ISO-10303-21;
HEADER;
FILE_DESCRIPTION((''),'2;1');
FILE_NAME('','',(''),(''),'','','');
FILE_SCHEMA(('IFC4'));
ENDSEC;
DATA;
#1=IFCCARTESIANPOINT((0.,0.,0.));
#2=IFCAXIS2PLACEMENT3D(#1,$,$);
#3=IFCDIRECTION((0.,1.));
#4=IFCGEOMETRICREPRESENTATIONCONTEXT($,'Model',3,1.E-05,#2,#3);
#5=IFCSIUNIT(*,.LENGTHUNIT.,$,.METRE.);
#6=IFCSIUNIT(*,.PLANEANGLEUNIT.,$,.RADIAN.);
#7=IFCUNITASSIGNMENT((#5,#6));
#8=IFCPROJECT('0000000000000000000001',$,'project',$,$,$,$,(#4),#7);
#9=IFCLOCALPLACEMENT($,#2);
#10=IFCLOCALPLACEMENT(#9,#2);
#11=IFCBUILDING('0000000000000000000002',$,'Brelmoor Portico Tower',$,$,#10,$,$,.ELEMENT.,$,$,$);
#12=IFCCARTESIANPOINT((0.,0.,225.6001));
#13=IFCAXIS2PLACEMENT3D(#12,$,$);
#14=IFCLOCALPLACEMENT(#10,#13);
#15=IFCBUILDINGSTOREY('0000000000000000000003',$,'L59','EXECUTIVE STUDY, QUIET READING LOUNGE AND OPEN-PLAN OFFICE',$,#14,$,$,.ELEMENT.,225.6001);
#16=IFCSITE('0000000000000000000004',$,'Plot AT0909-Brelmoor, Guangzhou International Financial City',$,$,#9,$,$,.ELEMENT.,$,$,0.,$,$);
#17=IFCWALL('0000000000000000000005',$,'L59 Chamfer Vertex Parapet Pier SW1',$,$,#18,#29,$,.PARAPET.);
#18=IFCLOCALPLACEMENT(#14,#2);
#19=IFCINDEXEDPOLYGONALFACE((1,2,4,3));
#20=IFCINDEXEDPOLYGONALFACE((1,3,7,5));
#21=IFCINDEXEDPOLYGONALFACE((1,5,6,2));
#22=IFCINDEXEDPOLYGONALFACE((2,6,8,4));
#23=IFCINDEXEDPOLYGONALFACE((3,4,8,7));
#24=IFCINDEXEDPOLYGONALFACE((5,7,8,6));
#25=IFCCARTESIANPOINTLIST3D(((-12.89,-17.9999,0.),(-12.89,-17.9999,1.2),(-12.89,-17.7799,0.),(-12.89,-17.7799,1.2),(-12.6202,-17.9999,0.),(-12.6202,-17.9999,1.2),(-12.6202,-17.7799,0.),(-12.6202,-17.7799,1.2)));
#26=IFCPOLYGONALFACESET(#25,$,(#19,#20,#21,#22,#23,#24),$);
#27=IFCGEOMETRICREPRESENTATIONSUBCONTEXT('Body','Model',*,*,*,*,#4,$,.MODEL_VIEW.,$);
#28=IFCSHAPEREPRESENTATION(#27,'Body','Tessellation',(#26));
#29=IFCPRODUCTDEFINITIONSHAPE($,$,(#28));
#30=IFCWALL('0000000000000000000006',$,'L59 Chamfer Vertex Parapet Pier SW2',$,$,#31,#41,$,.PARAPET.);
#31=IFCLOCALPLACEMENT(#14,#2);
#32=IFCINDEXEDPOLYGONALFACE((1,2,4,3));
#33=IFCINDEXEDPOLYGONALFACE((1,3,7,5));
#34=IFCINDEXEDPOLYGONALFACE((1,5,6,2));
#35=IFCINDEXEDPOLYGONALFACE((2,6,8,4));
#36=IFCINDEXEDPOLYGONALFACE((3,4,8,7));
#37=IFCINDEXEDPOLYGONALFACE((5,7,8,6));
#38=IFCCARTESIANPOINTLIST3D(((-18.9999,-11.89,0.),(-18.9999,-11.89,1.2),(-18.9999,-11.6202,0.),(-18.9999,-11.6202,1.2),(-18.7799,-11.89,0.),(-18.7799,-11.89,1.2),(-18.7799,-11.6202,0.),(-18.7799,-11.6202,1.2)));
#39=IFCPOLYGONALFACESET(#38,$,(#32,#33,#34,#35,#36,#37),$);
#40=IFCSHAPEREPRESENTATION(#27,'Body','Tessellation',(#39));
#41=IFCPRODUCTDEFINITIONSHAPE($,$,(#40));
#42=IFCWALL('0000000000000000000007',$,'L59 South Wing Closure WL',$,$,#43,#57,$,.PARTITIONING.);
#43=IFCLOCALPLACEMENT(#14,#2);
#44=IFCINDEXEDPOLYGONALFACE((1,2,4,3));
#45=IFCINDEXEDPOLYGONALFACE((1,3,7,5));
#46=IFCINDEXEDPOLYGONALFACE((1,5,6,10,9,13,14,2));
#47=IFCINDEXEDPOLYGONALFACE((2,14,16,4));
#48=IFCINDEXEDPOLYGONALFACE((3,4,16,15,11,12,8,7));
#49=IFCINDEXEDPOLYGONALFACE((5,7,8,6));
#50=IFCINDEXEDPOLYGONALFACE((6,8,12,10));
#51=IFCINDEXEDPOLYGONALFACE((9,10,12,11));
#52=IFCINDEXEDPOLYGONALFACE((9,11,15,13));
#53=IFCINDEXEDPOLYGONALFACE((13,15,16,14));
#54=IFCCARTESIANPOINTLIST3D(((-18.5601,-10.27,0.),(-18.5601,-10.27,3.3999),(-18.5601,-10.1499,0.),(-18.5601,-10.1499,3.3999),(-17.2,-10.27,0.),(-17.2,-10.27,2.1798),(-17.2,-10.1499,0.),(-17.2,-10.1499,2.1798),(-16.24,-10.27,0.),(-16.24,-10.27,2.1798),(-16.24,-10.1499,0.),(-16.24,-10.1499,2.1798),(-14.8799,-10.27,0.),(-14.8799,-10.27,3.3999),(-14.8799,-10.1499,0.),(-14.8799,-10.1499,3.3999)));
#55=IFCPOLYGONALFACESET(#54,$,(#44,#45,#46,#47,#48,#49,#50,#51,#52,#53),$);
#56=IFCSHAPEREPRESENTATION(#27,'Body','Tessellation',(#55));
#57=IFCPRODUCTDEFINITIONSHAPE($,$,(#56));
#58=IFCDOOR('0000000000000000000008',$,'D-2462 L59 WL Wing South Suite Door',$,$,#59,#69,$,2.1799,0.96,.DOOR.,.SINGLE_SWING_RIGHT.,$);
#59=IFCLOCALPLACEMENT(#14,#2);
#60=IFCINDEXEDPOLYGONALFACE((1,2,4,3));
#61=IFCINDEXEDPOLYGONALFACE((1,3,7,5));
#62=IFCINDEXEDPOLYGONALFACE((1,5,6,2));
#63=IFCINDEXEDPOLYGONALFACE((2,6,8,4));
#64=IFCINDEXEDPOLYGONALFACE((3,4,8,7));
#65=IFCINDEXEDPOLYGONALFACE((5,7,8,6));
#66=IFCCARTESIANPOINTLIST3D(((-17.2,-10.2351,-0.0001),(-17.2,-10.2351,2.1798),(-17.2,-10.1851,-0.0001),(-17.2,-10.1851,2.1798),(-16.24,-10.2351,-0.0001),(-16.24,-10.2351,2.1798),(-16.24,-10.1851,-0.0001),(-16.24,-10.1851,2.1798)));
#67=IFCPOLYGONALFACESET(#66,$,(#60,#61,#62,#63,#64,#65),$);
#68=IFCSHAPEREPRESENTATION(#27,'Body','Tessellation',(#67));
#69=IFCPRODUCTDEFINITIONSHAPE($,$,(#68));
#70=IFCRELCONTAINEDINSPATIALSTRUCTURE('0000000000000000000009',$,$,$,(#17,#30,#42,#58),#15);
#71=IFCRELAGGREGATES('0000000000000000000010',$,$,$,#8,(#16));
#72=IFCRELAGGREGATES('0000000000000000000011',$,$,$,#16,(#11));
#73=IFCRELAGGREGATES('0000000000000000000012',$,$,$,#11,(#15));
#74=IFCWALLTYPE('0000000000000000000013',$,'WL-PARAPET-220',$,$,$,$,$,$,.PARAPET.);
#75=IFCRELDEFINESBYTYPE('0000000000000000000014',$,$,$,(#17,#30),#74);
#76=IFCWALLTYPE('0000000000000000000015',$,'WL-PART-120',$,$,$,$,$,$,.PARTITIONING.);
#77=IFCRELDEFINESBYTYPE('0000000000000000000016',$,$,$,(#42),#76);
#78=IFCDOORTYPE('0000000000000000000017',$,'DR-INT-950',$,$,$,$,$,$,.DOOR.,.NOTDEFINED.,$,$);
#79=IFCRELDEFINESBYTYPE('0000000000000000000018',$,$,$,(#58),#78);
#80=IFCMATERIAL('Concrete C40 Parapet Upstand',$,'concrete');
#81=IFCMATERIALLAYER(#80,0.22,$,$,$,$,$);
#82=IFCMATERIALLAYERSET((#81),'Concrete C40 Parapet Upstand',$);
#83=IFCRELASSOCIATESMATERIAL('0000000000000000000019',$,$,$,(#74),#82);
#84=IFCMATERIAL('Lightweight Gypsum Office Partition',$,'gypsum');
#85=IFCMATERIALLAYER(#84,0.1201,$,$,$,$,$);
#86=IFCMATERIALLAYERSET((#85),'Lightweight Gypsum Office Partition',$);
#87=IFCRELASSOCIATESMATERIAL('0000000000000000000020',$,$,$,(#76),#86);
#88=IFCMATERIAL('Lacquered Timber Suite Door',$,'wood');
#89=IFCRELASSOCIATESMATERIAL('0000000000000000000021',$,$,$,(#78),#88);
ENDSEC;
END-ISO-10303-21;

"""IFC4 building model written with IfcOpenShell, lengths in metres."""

from ifc_helpers import new_model, si_unit, direction, frame, frame_2d, origin, place, context, subcontext, project, spatial, rectangle, extrude, material, layer, layer_set, type_object, element, fill, save


model = new_model("IFC4")

# Units and contexts
model_context = context("Model", 3, precision=1e-05, world=origin(), true_north=direction((0.0, 1.0)))
body_context = subcontext(model_context, "Body", "Model", "MODEL_VIEW")
ifc_project = project(units=[si_unit("LENGTHUNIT", "METRE"), si_unit("PLANEANGLEUNIT", "RADIAN")], contexts=[model_context])

# Site, building, storey
site_placement = place(None, origin())
site = spatial("IfcSite", under=ifc_project, at=site_placement, Name="Plot AT0909-Brelmoor, Guangzhou International Financial City", CompositionType="ELEMENT", RefElevation=0.0)
building_placement = place(site_placement, origin())
building = spatial("IfcBuilding", under=site, at=building_placement, Name="Brelmoor Portico Tower", CompositionType="ELEMENT")
storey_placement = place(building_placement, frame((0.0, 0.0, 225.6001)))
storey = spatial("IfcBuildingStorey", under=building, at=storey_placement, Name="L59", Description="EXECUTIVE STUDY, QUIET READING LOUNGE AND OPEN-PLAN OFFICE", CompositionType="ELEMENT", Elevation=225.6001)

# Walls
ifc_material_1 = material(Name="Concrete C40 Parapet Upstand", Category="concrete")
ifc_layer_1 = layer(ifc_material_1, 0.22)
ifc_layer_set_1 = layer_set([ifc_layer_1], Name="Concrete C40 Parapet Upstand")
wall_type_1 = type_object("IfcWallType", Name="WL-PARAPET-220", PredefinedType="PARAPET", material=ifc_layer_set_1)
for number, where, z_axis, x_axis, name in (
    (1, (-12.8899, -17.8899, 0.0), (0.0, 0.0, 1.0), (1.0, 0.0, 0.0), "L59 Chamfer Vertex Parapet Pier SW1"),
    (2, (-18.8899, -11.8899, 0.0), (0.0, 0.0, 1.0), (0.0, 1.0, 0.0), "L59 Chamfer Vertex Parapet Pier SW2"),
):
    element("IfcWall", number, at=place(storey_placement, frame(where, z_axis=z_axis, x_axis=x_axis)), inside=storey, type_object=wall_type_1, Name=name, PredefinedType="PARAPET", context=body_context, shape_type="SweptSolid", body=[
        extrude(rectangle(XDim=0.2698, YDim=0.22, at=frame_2d((0.1348, 0.0))), origin(), (0.0, 0.0, 1.0), 1.2),
    ])

# Wall, opening, door
ifc_material_2 = material(Name="Lightweight Gypsum Office Partition", Category="gypsum")
ifc_layer_2 = layer(ifc_material_2, 0.1201)
ifc_layer_set_2 = layer_set([ifc_layer_2], Name="Lightweight Gypsum Office Partition")
wall_type_2 = type_object("IfcWallType", Name="WL-PART-120", PredefinedType="PARTITIONING", material=ifc_layer_set_2)
wall_1_placement = place(storey_placement, frame((-18.5601, -10.21, 0.0), z_axis=(0.0, 0.0, 1.0), x_axis=(1.0, 0.0, 0.0)))
wall_1 = element("IfcWall", 3, at=wall_1_placement, inside=storey, type_object=wall_type_2, Name="L59 South Wing Closure WL", PredefinedType="PARTITIONING", context=body_context, shape_type="SweptSolid", body=[
    extrude(rectangle(XDim=3.6802, YDim=0.1201, at=frame_2d((1.8401, 0.0))), origin(), (0.0, 0.0, 1.0), 3.3999),
])
opening_placement = place(wall_1_placement, frame((1.3601, 0.0, 0.0)))
opening = element("IfcOpeningElement", 4, at=opening_placement, cuts=wall_1, PredefinedType="OPENING", context=body_context, shape_type="SweptSolid", body=[
    extrude(rectangle(XDim=0.96, YDim=2.1799, at=frame_2d((0.48, 1.0898))), frame((0.0, 0.0701, 0.0), z_axis=(0.0, -1.0, 0.0), x_axis=(1.0, 0.0, 0.0)), (0.0, 0.0, 1.0), 0.1401),
])
ifc_material_3 = material(Name="Lacquered Timber Suite Door", Category="wood")
door_type = type_object("IfcDoorType", Name="DR-INT-950", OperationType="NOTDEFINED", PredefinedType="DOOR", material=ifc_material_3)
door_placement = place(opening_placement, origin())
door = element("IfcDoor", 5, at=door_placement, inside=storey, type_object=door_type, Name="D-2462 L59 WL Wing South Suite Door", OperationType="SINGLE_SWING_RIGHT", OverallHeight=2.1799, OverallWidth=0.96, PredefinedType="DOOR", context=body_context, shape_type="SweptSolid", body=[
    extrude(rectangle(XDim=0.96, YDim=2.1799, at=frame_2d((0.48, 1.0898))), frame((0.0, 0.0249, 0.0), z_axis=(0.0, -1.0, 0.0), x_axis=(1.0, 0.0, 0.0)), (0.0, 0.0, 1.0), 0.05),
])
fill(opening, door)

save(model, "model.ifc")
